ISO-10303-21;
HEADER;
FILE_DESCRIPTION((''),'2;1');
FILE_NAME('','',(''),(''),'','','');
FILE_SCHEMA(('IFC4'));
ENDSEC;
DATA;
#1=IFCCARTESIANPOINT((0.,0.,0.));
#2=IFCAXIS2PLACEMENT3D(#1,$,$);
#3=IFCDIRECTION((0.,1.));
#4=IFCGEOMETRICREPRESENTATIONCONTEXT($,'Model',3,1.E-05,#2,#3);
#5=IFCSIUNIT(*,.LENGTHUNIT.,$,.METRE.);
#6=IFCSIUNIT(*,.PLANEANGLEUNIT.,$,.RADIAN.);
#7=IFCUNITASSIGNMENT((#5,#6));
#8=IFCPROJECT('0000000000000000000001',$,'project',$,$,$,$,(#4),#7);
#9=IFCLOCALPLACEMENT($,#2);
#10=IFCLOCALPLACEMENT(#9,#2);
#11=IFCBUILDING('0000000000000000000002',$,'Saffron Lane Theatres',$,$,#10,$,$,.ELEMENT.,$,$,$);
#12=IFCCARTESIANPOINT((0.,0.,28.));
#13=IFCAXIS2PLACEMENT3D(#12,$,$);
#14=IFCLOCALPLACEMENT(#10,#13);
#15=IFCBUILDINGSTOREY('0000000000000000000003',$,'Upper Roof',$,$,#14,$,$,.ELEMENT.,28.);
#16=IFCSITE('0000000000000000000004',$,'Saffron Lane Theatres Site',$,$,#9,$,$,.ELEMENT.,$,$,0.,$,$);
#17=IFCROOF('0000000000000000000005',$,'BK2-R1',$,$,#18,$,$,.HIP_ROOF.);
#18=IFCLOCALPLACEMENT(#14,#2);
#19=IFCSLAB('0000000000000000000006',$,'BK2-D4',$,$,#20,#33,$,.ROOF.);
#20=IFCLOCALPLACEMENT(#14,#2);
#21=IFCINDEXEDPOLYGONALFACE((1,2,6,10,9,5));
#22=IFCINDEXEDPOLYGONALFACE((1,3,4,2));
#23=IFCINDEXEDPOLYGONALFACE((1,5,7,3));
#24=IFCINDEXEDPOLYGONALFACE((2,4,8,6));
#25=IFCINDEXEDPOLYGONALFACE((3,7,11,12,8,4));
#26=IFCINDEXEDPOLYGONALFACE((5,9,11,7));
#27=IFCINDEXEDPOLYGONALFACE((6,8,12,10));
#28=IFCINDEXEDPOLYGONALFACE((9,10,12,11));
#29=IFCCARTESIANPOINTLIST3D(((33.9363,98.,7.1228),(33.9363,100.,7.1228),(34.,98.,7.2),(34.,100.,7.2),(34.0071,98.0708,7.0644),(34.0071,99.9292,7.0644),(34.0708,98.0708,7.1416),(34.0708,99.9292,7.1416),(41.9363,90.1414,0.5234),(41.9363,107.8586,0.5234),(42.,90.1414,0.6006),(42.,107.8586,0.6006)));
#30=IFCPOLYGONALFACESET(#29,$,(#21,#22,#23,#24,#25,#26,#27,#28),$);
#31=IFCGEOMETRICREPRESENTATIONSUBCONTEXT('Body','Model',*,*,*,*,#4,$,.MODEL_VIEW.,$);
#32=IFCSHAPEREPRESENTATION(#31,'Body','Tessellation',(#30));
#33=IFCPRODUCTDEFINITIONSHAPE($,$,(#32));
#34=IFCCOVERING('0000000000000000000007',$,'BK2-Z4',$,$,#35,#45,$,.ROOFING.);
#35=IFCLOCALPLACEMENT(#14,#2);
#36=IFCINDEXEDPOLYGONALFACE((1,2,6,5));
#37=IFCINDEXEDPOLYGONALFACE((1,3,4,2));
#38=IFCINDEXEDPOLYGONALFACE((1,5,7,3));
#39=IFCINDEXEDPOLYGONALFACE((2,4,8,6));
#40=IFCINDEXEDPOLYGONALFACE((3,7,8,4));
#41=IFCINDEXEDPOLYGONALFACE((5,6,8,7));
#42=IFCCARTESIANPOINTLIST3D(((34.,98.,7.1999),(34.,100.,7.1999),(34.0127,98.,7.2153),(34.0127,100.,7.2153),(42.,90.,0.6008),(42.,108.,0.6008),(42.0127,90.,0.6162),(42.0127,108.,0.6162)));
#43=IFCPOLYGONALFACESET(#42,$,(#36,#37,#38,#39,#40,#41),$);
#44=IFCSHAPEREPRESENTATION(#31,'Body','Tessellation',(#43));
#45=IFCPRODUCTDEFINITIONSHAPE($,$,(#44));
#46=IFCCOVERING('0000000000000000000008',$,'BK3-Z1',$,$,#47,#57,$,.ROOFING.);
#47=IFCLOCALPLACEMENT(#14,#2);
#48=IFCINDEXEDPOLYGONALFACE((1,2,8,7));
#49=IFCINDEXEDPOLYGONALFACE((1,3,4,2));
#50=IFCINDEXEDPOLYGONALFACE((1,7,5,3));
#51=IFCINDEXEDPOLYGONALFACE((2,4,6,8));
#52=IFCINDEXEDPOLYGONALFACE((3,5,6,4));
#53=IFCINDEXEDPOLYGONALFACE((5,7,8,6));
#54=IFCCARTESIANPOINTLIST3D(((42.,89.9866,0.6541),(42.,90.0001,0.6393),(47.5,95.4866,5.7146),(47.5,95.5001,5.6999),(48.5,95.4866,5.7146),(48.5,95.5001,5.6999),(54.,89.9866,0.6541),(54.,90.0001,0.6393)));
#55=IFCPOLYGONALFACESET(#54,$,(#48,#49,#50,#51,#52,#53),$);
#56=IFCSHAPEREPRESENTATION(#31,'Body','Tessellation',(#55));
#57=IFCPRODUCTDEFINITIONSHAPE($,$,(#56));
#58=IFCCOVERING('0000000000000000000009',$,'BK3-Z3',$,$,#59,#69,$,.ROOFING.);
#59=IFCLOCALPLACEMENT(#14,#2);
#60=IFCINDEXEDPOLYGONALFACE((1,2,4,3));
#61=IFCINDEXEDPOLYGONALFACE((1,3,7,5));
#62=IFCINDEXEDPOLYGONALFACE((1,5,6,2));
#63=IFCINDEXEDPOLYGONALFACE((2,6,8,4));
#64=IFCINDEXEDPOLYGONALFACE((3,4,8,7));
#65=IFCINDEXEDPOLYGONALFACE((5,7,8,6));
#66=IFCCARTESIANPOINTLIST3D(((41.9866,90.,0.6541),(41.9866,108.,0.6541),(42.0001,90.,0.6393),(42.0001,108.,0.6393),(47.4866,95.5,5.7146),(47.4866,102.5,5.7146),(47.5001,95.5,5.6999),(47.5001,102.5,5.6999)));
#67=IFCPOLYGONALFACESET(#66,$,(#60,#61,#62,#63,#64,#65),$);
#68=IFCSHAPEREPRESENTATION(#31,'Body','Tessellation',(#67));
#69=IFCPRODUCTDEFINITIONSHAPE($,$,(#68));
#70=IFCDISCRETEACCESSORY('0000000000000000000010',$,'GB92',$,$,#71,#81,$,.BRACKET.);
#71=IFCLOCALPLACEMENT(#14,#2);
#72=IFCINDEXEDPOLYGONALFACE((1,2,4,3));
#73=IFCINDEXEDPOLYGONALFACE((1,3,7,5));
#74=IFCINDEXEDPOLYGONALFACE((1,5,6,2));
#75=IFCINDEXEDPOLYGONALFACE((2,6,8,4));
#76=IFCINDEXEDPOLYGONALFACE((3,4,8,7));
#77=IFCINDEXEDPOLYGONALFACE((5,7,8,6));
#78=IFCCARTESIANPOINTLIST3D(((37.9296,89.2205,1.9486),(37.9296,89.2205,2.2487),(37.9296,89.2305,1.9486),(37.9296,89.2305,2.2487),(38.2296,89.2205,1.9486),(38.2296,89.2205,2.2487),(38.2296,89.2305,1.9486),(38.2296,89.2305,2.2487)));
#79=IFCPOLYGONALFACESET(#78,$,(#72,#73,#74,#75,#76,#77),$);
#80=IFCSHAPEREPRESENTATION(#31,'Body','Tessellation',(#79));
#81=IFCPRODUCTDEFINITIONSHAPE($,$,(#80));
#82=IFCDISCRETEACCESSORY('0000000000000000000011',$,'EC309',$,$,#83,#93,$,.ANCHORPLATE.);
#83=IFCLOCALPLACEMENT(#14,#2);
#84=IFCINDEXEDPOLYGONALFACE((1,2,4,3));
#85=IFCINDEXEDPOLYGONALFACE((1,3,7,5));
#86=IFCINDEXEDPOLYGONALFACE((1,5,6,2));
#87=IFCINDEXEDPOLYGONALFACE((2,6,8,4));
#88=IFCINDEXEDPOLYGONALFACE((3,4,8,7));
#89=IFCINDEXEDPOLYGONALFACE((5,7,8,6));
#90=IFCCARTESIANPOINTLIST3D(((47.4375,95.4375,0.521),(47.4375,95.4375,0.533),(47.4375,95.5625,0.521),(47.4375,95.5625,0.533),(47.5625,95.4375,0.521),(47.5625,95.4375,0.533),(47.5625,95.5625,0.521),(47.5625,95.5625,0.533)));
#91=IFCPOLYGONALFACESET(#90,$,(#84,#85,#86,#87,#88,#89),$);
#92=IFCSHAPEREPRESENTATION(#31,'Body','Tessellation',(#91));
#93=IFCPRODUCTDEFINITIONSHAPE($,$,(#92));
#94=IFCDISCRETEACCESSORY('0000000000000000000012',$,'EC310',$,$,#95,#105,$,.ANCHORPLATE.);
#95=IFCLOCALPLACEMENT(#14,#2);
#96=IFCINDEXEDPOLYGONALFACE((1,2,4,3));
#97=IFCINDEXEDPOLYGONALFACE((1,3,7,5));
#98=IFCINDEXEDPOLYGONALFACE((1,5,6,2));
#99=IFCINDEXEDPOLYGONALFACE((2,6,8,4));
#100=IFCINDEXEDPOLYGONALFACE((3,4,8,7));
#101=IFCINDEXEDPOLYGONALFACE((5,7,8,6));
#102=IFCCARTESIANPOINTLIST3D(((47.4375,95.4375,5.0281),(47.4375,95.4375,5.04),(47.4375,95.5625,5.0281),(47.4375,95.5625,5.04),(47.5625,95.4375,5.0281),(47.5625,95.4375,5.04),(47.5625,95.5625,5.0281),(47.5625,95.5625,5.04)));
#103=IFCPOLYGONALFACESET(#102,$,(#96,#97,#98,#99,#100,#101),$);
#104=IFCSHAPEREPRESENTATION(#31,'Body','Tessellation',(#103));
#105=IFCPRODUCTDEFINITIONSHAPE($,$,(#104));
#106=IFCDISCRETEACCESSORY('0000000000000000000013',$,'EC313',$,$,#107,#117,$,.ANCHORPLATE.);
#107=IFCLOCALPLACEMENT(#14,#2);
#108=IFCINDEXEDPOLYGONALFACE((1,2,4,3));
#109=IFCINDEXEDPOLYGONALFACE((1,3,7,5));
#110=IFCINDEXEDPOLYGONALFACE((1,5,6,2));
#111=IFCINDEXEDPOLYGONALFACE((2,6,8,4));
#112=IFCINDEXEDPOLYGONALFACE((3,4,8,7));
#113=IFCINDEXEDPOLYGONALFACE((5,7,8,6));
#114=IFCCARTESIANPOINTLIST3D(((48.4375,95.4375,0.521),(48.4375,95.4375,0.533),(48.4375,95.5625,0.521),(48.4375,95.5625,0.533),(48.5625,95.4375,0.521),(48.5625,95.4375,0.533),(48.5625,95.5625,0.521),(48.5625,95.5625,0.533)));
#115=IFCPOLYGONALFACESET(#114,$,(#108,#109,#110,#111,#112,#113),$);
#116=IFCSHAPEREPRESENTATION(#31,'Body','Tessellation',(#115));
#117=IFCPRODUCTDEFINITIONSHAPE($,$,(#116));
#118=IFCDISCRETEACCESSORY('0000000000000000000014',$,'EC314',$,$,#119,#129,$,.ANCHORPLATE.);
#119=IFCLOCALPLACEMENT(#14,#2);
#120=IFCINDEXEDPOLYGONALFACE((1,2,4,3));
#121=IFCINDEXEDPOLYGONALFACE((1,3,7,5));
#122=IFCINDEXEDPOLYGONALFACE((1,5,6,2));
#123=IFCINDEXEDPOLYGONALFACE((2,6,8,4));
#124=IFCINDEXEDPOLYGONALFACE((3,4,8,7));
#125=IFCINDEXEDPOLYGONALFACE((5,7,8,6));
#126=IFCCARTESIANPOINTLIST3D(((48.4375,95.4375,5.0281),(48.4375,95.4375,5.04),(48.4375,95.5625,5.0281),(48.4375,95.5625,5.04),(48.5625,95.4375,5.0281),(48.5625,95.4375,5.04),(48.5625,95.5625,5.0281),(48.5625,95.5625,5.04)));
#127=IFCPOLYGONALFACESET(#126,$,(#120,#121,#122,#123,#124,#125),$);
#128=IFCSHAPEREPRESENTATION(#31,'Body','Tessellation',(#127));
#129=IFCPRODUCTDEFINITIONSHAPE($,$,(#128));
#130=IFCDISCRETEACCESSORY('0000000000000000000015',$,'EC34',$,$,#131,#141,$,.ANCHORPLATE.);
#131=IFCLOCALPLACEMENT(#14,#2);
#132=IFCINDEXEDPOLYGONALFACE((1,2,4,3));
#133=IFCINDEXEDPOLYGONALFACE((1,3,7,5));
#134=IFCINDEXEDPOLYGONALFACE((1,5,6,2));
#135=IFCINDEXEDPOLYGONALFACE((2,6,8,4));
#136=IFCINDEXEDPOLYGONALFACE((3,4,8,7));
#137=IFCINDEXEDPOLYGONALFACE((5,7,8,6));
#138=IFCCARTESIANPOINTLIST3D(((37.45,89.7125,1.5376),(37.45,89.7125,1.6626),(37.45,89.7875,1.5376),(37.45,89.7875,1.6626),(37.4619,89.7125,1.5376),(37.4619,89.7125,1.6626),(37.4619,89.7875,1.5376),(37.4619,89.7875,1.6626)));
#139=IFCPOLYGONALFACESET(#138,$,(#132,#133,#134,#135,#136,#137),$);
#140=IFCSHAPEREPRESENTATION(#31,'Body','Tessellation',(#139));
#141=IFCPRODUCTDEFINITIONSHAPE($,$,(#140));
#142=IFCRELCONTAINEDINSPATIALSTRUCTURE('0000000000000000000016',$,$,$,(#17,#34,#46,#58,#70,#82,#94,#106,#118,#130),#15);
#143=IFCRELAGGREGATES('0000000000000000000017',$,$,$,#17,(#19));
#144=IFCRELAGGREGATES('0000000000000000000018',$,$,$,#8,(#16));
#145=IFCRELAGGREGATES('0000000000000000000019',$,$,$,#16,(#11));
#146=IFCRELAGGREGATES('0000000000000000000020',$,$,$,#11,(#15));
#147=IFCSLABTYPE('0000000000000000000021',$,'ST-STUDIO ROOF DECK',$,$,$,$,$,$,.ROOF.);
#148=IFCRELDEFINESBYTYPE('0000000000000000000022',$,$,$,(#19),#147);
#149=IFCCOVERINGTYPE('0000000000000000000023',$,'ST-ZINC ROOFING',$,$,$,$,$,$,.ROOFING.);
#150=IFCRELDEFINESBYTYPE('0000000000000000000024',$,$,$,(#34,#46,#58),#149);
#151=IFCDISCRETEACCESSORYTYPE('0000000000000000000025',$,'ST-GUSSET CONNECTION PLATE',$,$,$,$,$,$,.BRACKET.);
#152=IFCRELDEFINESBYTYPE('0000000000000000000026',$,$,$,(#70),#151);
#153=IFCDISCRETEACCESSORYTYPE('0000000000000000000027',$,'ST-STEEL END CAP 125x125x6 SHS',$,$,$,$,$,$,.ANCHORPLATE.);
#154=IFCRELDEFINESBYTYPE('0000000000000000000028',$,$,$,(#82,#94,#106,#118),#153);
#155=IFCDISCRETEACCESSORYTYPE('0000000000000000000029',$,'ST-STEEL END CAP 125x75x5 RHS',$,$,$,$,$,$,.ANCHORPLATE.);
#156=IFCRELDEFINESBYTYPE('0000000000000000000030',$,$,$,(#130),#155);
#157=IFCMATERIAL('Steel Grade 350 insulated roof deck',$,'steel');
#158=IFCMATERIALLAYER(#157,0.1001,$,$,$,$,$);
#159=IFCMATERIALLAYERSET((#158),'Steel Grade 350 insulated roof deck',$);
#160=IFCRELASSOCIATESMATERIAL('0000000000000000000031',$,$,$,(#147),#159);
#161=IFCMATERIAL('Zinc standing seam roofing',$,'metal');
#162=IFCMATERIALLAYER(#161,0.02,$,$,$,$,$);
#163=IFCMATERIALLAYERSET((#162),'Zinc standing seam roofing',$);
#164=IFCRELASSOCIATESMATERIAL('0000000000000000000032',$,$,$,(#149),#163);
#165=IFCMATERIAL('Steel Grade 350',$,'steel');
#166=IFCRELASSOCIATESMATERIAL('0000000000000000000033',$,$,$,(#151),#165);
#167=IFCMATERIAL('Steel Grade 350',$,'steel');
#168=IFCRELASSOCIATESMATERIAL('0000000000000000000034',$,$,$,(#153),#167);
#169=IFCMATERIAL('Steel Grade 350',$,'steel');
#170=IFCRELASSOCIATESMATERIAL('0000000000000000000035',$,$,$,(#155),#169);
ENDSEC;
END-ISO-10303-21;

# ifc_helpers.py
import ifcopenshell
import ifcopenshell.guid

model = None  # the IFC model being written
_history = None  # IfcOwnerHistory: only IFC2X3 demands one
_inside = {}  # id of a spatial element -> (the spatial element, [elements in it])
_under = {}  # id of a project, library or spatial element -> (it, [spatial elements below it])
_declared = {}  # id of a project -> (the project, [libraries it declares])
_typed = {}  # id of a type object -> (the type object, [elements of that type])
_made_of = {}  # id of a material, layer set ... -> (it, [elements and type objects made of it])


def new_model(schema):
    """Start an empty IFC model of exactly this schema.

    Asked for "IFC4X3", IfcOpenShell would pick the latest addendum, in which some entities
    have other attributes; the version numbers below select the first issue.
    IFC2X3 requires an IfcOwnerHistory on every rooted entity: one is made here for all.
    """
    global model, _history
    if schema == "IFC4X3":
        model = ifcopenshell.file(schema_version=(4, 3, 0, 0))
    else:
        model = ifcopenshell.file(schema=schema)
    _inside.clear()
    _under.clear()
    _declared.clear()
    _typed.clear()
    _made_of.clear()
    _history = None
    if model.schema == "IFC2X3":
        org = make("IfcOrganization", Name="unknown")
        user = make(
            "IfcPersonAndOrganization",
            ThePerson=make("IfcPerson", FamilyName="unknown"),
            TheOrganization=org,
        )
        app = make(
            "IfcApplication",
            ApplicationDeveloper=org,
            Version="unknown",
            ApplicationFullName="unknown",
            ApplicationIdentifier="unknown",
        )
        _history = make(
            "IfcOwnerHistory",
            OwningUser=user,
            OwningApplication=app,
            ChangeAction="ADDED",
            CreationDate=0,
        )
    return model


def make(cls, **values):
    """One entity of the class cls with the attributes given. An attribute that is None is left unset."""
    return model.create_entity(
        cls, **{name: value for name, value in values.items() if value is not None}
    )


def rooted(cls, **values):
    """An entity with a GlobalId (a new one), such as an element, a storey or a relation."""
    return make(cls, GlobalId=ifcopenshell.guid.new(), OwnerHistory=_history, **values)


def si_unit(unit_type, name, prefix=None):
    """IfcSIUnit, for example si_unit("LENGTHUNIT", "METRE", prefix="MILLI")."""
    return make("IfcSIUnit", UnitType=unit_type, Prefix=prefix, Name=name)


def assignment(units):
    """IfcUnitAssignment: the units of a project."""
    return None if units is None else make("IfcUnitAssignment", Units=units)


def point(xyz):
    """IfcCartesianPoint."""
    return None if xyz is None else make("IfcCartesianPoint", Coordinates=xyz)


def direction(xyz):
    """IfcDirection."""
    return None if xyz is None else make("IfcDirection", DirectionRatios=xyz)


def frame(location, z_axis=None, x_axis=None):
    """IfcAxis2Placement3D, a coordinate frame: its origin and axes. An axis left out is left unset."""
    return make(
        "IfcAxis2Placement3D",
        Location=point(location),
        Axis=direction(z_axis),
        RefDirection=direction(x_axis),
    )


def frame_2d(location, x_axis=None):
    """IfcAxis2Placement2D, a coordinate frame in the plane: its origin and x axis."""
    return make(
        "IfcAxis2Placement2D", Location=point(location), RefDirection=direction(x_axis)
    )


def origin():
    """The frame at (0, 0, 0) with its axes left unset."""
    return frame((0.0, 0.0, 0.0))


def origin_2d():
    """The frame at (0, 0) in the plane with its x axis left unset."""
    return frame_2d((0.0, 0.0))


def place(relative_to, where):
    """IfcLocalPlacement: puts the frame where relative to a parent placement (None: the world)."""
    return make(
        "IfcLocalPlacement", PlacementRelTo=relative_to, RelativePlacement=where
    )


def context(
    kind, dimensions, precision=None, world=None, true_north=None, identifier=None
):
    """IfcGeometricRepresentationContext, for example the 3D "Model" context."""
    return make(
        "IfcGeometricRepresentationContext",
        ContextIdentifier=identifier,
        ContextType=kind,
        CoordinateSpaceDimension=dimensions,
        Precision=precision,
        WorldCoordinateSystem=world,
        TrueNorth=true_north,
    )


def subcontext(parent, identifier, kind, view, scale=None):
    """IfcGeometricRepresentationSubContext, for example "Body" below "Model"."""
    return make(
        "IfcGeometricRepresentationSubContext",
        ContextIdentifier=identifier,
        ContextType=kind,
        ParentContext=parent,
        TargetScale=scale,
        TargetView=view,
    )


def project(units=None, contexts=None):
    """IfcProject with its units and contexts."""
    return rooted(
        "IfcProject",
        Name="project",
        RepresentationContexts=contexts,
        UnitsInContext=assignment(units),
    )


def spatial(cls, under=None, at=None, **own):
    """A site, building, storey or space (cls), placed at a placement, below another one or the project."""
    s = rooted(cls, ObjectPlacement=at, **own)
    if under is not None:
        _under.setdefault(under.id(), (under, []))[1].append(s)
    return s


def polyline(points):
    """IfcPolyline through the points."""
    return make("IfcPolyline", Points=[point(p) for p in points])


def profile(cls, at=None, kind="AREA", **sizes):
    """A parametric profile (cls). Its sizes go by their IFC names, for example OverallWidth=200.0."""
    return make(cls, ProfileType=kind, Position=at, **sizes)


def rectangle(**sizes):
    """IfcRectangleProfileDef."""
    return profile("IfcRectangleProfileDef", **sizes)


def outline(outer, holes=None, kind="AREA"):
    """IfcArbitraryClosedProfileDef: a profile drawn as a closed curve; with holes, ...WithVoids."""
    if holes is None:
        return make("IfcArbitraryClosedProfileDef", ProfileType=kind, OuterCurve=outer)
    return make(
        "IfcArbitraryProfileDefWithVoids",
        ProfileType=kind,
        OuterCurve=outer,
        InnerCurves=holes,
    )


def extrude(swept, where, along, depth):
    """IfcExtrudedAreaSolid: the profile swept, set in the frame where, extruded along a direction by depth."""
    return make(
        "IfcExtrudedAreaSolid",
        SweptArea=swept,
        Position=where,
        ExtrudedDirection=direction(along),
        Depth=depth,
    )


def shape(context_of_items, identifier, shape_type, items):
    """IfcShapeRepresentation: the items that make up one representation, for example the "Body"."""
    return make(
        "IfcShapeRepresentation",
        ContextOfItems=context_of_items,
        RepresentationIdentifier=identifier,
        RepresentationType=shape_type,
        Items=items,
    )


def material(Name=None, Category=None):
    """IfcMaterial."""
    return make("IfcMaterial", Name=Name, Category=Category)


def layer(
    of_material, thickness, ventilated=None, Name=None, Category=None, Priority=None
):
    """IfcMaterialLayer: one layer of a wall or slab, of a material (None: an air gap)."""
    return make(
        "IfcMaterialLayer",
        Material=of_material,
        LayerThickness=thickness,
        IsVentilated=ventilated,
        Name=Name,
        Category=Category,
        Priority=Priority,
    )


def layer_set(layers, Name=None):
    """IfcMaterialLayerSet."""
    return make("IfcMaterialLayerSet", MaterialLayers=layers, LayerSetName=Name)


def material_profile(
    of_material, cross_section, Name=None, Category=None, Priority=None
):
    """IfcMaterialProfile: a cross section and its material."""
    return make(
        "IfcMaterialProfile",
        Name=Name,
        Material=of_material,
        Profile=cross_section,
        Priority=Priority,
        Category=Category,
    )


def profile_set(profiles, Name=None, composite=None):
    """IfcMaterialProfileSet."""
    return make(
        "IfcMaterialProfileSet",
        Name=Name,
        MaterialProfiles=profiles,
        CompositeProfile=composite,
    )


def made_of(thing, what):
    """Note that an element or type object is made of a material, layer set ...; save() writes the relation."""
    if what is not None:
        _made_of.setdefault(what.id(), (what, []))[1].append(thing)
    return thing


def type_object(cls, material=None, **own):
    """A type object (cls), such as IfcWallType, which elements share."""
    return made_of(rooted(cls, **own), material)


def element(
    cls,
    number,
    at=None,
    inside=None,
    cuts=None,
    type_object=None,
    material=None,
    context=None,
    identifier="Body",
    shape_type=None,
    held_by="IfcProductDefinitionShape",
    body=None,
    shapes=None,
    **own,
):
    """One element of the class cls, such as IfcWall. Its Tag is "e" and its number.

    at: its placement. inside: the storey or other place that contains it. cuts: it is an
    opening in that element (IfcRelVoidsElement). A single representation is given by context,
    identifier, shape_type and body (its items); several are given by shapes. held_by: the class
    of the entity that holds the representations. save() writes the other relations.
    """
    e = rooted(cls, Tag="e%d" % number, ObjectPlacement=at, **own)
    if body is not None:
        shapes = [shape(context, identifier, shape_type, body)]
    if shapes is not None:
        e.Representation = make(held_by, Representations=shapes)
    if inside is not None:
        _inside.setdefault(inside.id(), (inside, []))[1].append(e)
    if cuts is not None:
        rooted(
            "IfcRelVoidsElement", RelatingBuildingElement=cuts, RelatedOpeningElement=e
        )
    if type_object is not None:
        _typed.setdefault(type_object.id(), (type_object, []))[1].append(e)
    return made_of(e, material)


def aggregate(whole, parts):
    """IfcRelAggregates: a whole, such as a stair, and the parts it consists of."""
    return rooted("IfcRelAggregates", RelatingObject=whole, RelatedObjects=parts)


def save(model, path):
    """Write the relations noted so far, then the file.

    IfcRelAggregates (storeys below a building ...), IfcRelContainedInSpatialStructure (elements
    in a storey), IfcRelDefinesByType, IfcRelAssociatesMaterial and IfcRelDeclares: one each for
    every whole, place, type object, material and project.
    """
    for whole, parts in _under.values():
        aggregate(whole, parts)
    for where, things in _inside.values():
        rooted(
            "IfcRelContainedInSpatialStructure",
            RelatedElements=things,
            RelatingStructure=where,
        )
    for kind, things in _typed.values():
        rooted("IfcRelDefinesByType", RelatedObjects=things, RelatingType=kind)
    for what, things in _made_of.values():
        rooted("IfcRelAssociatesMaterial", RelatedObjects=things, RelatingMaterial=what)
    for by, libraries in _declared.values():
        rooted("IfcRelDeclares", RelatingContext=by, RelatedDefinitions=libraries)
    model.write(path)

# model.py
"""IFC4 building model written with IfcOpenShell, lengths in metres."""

from ifc_helpers import new_model, si_unit, direction, frame, origin, origin_2d, place, context, subcontext, project, spatial, polyline, rectangle, outline, extrude, material, layer, layer_set, material_profile, profile_set, type_object, element, aggregate, save


model = new_model("IFC4")

# Units and contexts
model_context = context("Model", 3, precision=1e-05, world=origin(), true_north=direction((0.0, 1.0)))
body_context = subcontext(model_context, "Body", "Model", "MODEL_VIEW")
ifc_project = project(units=[si_unit("LENGTHUNIT", "METRE"), si_unit("PLANEANGLEUNIT", "RADIAN")], contexts=[model_context])

# Site, building, storey
site_placement = place(None, origin())
site = spatial("IfcSite", under=ifc_project, at=site_placement, Name="Saffron Lane Theatres Site", CompositionType="ELEMENT", RefElevation=0.0)
building_placement = place(site_placement, origin())
building = spatial("IfcBuilding", under=site, at=building_placement, Name="Saffron Lane Theatres", CompositionType="ELEMENT")
storey_placement = place(building_placement, frame((0.0, 0.0, 28.0)))
storey = spatial("IfcBuildingStorey", under=building, at=storey_placement, Name="Upper Roof", CompositionType="ELEMENT", Elevation=28.0)

# Roof, slab
roof_placement = place(storey_placement, origin())
roof = element("IfcRoof", 1, at=roof_placement, inside=storey, Name="BK2-R1", PredefinedType="HIP_ROOF")
ifc_material_1 = material(Name="Steel Grade 350 insulated roof deck", Category="steel")
ifc_layer_1 = layer(ifc_material_1, 0.1001)
ifc_layer_set_1 = layer_set([ifc_layer_1], Name="Steel Grade 350 insulated roof deck")
slab_type = type_object("IfcSlabType", Name="ST-STUDIO ROOF DECK", PredefinedType="ROOF", material=ifc_layer_set_1)
slab_placement = place(storey_placement, frame((42.0, 90.1414, 0.6006), z_axis=(0.636349, 0.0, 0.771401), x_axis=(-0.610783, 0.610801, 0.503851)))
slab = element("IfcSlab", 2, at=slab_placement, type_object=slab_type, Name="BK2-D4", PredefinedType="ROOF", context=body_context, shape_type="SweptSolid", body=[
    extrude(outline(polyline([(0.0, 0.0), (12.982, 0.0), (13.0114, 0.1121), (14.233, -1.4715), (14.1171, -1.4714), (10.8217, -14.0283), (0.0, 0.0)])), origin(), (0.0, 0.0, -1.0), 0.1001),
])
aggregate(roof, [slab])

# Coverings
ifc_material_2 = material(Name="Zinc standing seam roofing", Category="metal")
ifc_layer_2 = layer(ifc_material_2, 0.02)
ifc_layer_set_2 = layer_set([ifc_layer_2], Name="Zinc standing seam roofing")
covering_type = type_object("IfcCoveringType", Name="ST-ZINC ROOFING", PredefinedType="ROOFING", material=ifc_layer_set_2)
covering_1_placement = place(storey_placement, frame((42.0127, 90.0, 0.6162), z_axis=(0.636333, 0.0, 0.771415), x_axis=(0.0, 1.0, 0.0)))
element("IfcCovering", 3, at=covering_1_placement, inside=storey, type_object=covering_type, Name="BK2-Z4", PredefinedType="ROOFING", context=body_context, shape_type="SweptSolid", body=[
    extrude(outline(polyline([(0.0, 0.0), (18.0, 0.0), (10.0, 10.3706), (8.0, 10.3706), (0.0, 0.0)])), origin(), (0.0, 0.0, -1.0), 0.02),
])
covering_2_placement = place(storey_placement, frame((42.0, 89.9866, 0.6541), z_axis=(0.0, -0.677096, 0.735895), x_axis=(1.0, 0.0, 0.0)))
element("IfcCovering", 4, at=covering_2_placement, inside=storey, type_object=covering_type, Name="BK3-Z1", PredefinedType="ROOFING", context=body_context, shape_type="SweptSolid", body=[
    extrude(outline(polyline([(0.0, 0.0), (12.0, 0.0), (6.5, 7.4739), (5.5, 7.4739), (0.0, 0.0)])), origin(), (0.0, 0.0, -1.0), 0.02),
])
covering_3_placement = place(storey_placement, frame((41.9866, 90.0, 0.6541), z_axis=(-0.677096, 0.0, 0.735895), x_axis=(0.0, 1.0, 0.0)))
element("IfcCovering", 5, at=covering_3_placement, inside=storey, type_object=covering_type, Name="BK3-Z3", PredefinedType="ROOFING", context=body_context, shape_type="SweptSolid", body=[
    extrude(outline(polyline([(0.0, 0.0), (18.0, 0.0), (12.5, -7.4739), (5.5, -7.4739), (0.0, 0.0)])), origin(), (0.0, 0.0, -1.0), 0.02),
])

# Discrete accessories
ifc_material_3 = material(Name="Steel Grade 350", Category="steel")
ifc_material_profile_1 = material_profile(ifc_material_3, rectangle(XDim=0.3, YDim=0.3, at=origin_2d()))
ifc_profile_set_1 = profile_set([ifc_material_profile_1], Name="Steel Grade 350")
discrete_accessory_type_1 = type_object("IfcDiscreteAccessoryType", Name="ST-GUSSET CONNECTION PLATE", PredefinedType="BRACKET", material=ifc_profile_set_1)
discrete_accessory_1_placement = place(storey_placement, frame((38.0796, 89.2305, 2.0986), z_axis=(0.0, -1.0, 0.0), x_axis=(1.0, 0.0, 0.0)))
element("IfcDiscreteAccessory", 6, at=discrete_accessory_1_placement, inside=storey, type_object=discrete_accessory_type_1, Name="GB92", PredefinedType="BRACKET", context=body_context, shape_type="SweptSolid", body=[
    extrude(rectangle(XDim=0.3, YDim=0.3, at=origin_2d()), origin(), (0.0, 0.0, 1.0), 0.01),
])
ifc_material_4 = material(Name="Steel Grade 350", Category="steel")
ifc_material_profile_2 = material_profile(ifc_material_4, rectangle(XDim=0.125, YDim=0.125, at=origin_2d()))
ifc_profile_set_2 = profile_set([ifc_material_profile_2], Name="Steel Grade 350")
discrete_accessory_type_2 = type_object("IfcDiscreteAccessoryType", Name="ST-STEEL END CAP 125x125x6 SHS", PredefinedType="ANCHORPLATE", material=ifc_profile_set_2)
for number, where, z_axis, x_axis, name in (
    (7, (47.5, 95.5, 0.521), (0.0, 0.0, 1.0), (1.0, 0.0, 0.0), "EC309"),
    (8, (47.5, 95.5, 5.0281), (0.0, 0.0, 1.0), (1.0, 0.0, 0.0), "EC310"),
    (9, (48.5, 95.5, 0.521), (0.0, 0.0, 1.0), (1.0, 0.0, 0.0), "EC313"),
    (10, (48.5, 95.5, 5.0281), (0.0, 0.0, 1.0), (1.0, 0.0, 0.0), "EC314"),
):
    element("IfcDiscreteAccessory", number, at=place(storey_placement, frame(where, z_axis=z_axis, x_axis=x_axis)), inside=storey, type_object=discrete_accessory_type_2, Name=name, PredefinedType="ANCHORPLATE", context=body_context, shape_type="SweptSolid", body=[
        extrude(rectangle(XDim=0.125, YDim=0.125, at=origin_2d()), origin(), (0.0, 0.0, 1.0), 0.012),
    ])
ifc_material_5 = material(Name="Steel Grade 350", Category="steel")
ifc_material_profile_3 = material_profile(ifc_material_5, rectangle(XDim=0.075, YDim=0.125, at=origin_2d()))
ifc_profile_set_3 = profile_set([ifc_material_profile_3], Name="Steel Grade 350")
discrete_accessory_type_3 = type_object("IfcDiscreteAccessoryType", Name="ST-STEEL END CAP 125x75x5 RHS", PredefinedType="ANCHORPLATE", material=ifc_profile_set_3)
discrete_accessory_2_placement = place(storey_placement, frame((37.45, 89.75, 1.6001), z_axis=(1.0, 0.0, 0.0), x_axis=(0.0, 1.0, 0.0)))
element("IfcDiscreteAccessory", 11, at=discrete_accessory_2_placement, inside=storey, type_object=discrete_accessory_type_3, Name="EC34", PredefinedType="ANCHORPLATE", context=body_context, shape_type="SweptSolid", body=[
    extrude(rectangle(XDim=0.075, YDim=0.125, at=origin_2d()), origin(), (0.0, 0.0, 1.0), 0.012),
])

save(model, "model.ifc")
